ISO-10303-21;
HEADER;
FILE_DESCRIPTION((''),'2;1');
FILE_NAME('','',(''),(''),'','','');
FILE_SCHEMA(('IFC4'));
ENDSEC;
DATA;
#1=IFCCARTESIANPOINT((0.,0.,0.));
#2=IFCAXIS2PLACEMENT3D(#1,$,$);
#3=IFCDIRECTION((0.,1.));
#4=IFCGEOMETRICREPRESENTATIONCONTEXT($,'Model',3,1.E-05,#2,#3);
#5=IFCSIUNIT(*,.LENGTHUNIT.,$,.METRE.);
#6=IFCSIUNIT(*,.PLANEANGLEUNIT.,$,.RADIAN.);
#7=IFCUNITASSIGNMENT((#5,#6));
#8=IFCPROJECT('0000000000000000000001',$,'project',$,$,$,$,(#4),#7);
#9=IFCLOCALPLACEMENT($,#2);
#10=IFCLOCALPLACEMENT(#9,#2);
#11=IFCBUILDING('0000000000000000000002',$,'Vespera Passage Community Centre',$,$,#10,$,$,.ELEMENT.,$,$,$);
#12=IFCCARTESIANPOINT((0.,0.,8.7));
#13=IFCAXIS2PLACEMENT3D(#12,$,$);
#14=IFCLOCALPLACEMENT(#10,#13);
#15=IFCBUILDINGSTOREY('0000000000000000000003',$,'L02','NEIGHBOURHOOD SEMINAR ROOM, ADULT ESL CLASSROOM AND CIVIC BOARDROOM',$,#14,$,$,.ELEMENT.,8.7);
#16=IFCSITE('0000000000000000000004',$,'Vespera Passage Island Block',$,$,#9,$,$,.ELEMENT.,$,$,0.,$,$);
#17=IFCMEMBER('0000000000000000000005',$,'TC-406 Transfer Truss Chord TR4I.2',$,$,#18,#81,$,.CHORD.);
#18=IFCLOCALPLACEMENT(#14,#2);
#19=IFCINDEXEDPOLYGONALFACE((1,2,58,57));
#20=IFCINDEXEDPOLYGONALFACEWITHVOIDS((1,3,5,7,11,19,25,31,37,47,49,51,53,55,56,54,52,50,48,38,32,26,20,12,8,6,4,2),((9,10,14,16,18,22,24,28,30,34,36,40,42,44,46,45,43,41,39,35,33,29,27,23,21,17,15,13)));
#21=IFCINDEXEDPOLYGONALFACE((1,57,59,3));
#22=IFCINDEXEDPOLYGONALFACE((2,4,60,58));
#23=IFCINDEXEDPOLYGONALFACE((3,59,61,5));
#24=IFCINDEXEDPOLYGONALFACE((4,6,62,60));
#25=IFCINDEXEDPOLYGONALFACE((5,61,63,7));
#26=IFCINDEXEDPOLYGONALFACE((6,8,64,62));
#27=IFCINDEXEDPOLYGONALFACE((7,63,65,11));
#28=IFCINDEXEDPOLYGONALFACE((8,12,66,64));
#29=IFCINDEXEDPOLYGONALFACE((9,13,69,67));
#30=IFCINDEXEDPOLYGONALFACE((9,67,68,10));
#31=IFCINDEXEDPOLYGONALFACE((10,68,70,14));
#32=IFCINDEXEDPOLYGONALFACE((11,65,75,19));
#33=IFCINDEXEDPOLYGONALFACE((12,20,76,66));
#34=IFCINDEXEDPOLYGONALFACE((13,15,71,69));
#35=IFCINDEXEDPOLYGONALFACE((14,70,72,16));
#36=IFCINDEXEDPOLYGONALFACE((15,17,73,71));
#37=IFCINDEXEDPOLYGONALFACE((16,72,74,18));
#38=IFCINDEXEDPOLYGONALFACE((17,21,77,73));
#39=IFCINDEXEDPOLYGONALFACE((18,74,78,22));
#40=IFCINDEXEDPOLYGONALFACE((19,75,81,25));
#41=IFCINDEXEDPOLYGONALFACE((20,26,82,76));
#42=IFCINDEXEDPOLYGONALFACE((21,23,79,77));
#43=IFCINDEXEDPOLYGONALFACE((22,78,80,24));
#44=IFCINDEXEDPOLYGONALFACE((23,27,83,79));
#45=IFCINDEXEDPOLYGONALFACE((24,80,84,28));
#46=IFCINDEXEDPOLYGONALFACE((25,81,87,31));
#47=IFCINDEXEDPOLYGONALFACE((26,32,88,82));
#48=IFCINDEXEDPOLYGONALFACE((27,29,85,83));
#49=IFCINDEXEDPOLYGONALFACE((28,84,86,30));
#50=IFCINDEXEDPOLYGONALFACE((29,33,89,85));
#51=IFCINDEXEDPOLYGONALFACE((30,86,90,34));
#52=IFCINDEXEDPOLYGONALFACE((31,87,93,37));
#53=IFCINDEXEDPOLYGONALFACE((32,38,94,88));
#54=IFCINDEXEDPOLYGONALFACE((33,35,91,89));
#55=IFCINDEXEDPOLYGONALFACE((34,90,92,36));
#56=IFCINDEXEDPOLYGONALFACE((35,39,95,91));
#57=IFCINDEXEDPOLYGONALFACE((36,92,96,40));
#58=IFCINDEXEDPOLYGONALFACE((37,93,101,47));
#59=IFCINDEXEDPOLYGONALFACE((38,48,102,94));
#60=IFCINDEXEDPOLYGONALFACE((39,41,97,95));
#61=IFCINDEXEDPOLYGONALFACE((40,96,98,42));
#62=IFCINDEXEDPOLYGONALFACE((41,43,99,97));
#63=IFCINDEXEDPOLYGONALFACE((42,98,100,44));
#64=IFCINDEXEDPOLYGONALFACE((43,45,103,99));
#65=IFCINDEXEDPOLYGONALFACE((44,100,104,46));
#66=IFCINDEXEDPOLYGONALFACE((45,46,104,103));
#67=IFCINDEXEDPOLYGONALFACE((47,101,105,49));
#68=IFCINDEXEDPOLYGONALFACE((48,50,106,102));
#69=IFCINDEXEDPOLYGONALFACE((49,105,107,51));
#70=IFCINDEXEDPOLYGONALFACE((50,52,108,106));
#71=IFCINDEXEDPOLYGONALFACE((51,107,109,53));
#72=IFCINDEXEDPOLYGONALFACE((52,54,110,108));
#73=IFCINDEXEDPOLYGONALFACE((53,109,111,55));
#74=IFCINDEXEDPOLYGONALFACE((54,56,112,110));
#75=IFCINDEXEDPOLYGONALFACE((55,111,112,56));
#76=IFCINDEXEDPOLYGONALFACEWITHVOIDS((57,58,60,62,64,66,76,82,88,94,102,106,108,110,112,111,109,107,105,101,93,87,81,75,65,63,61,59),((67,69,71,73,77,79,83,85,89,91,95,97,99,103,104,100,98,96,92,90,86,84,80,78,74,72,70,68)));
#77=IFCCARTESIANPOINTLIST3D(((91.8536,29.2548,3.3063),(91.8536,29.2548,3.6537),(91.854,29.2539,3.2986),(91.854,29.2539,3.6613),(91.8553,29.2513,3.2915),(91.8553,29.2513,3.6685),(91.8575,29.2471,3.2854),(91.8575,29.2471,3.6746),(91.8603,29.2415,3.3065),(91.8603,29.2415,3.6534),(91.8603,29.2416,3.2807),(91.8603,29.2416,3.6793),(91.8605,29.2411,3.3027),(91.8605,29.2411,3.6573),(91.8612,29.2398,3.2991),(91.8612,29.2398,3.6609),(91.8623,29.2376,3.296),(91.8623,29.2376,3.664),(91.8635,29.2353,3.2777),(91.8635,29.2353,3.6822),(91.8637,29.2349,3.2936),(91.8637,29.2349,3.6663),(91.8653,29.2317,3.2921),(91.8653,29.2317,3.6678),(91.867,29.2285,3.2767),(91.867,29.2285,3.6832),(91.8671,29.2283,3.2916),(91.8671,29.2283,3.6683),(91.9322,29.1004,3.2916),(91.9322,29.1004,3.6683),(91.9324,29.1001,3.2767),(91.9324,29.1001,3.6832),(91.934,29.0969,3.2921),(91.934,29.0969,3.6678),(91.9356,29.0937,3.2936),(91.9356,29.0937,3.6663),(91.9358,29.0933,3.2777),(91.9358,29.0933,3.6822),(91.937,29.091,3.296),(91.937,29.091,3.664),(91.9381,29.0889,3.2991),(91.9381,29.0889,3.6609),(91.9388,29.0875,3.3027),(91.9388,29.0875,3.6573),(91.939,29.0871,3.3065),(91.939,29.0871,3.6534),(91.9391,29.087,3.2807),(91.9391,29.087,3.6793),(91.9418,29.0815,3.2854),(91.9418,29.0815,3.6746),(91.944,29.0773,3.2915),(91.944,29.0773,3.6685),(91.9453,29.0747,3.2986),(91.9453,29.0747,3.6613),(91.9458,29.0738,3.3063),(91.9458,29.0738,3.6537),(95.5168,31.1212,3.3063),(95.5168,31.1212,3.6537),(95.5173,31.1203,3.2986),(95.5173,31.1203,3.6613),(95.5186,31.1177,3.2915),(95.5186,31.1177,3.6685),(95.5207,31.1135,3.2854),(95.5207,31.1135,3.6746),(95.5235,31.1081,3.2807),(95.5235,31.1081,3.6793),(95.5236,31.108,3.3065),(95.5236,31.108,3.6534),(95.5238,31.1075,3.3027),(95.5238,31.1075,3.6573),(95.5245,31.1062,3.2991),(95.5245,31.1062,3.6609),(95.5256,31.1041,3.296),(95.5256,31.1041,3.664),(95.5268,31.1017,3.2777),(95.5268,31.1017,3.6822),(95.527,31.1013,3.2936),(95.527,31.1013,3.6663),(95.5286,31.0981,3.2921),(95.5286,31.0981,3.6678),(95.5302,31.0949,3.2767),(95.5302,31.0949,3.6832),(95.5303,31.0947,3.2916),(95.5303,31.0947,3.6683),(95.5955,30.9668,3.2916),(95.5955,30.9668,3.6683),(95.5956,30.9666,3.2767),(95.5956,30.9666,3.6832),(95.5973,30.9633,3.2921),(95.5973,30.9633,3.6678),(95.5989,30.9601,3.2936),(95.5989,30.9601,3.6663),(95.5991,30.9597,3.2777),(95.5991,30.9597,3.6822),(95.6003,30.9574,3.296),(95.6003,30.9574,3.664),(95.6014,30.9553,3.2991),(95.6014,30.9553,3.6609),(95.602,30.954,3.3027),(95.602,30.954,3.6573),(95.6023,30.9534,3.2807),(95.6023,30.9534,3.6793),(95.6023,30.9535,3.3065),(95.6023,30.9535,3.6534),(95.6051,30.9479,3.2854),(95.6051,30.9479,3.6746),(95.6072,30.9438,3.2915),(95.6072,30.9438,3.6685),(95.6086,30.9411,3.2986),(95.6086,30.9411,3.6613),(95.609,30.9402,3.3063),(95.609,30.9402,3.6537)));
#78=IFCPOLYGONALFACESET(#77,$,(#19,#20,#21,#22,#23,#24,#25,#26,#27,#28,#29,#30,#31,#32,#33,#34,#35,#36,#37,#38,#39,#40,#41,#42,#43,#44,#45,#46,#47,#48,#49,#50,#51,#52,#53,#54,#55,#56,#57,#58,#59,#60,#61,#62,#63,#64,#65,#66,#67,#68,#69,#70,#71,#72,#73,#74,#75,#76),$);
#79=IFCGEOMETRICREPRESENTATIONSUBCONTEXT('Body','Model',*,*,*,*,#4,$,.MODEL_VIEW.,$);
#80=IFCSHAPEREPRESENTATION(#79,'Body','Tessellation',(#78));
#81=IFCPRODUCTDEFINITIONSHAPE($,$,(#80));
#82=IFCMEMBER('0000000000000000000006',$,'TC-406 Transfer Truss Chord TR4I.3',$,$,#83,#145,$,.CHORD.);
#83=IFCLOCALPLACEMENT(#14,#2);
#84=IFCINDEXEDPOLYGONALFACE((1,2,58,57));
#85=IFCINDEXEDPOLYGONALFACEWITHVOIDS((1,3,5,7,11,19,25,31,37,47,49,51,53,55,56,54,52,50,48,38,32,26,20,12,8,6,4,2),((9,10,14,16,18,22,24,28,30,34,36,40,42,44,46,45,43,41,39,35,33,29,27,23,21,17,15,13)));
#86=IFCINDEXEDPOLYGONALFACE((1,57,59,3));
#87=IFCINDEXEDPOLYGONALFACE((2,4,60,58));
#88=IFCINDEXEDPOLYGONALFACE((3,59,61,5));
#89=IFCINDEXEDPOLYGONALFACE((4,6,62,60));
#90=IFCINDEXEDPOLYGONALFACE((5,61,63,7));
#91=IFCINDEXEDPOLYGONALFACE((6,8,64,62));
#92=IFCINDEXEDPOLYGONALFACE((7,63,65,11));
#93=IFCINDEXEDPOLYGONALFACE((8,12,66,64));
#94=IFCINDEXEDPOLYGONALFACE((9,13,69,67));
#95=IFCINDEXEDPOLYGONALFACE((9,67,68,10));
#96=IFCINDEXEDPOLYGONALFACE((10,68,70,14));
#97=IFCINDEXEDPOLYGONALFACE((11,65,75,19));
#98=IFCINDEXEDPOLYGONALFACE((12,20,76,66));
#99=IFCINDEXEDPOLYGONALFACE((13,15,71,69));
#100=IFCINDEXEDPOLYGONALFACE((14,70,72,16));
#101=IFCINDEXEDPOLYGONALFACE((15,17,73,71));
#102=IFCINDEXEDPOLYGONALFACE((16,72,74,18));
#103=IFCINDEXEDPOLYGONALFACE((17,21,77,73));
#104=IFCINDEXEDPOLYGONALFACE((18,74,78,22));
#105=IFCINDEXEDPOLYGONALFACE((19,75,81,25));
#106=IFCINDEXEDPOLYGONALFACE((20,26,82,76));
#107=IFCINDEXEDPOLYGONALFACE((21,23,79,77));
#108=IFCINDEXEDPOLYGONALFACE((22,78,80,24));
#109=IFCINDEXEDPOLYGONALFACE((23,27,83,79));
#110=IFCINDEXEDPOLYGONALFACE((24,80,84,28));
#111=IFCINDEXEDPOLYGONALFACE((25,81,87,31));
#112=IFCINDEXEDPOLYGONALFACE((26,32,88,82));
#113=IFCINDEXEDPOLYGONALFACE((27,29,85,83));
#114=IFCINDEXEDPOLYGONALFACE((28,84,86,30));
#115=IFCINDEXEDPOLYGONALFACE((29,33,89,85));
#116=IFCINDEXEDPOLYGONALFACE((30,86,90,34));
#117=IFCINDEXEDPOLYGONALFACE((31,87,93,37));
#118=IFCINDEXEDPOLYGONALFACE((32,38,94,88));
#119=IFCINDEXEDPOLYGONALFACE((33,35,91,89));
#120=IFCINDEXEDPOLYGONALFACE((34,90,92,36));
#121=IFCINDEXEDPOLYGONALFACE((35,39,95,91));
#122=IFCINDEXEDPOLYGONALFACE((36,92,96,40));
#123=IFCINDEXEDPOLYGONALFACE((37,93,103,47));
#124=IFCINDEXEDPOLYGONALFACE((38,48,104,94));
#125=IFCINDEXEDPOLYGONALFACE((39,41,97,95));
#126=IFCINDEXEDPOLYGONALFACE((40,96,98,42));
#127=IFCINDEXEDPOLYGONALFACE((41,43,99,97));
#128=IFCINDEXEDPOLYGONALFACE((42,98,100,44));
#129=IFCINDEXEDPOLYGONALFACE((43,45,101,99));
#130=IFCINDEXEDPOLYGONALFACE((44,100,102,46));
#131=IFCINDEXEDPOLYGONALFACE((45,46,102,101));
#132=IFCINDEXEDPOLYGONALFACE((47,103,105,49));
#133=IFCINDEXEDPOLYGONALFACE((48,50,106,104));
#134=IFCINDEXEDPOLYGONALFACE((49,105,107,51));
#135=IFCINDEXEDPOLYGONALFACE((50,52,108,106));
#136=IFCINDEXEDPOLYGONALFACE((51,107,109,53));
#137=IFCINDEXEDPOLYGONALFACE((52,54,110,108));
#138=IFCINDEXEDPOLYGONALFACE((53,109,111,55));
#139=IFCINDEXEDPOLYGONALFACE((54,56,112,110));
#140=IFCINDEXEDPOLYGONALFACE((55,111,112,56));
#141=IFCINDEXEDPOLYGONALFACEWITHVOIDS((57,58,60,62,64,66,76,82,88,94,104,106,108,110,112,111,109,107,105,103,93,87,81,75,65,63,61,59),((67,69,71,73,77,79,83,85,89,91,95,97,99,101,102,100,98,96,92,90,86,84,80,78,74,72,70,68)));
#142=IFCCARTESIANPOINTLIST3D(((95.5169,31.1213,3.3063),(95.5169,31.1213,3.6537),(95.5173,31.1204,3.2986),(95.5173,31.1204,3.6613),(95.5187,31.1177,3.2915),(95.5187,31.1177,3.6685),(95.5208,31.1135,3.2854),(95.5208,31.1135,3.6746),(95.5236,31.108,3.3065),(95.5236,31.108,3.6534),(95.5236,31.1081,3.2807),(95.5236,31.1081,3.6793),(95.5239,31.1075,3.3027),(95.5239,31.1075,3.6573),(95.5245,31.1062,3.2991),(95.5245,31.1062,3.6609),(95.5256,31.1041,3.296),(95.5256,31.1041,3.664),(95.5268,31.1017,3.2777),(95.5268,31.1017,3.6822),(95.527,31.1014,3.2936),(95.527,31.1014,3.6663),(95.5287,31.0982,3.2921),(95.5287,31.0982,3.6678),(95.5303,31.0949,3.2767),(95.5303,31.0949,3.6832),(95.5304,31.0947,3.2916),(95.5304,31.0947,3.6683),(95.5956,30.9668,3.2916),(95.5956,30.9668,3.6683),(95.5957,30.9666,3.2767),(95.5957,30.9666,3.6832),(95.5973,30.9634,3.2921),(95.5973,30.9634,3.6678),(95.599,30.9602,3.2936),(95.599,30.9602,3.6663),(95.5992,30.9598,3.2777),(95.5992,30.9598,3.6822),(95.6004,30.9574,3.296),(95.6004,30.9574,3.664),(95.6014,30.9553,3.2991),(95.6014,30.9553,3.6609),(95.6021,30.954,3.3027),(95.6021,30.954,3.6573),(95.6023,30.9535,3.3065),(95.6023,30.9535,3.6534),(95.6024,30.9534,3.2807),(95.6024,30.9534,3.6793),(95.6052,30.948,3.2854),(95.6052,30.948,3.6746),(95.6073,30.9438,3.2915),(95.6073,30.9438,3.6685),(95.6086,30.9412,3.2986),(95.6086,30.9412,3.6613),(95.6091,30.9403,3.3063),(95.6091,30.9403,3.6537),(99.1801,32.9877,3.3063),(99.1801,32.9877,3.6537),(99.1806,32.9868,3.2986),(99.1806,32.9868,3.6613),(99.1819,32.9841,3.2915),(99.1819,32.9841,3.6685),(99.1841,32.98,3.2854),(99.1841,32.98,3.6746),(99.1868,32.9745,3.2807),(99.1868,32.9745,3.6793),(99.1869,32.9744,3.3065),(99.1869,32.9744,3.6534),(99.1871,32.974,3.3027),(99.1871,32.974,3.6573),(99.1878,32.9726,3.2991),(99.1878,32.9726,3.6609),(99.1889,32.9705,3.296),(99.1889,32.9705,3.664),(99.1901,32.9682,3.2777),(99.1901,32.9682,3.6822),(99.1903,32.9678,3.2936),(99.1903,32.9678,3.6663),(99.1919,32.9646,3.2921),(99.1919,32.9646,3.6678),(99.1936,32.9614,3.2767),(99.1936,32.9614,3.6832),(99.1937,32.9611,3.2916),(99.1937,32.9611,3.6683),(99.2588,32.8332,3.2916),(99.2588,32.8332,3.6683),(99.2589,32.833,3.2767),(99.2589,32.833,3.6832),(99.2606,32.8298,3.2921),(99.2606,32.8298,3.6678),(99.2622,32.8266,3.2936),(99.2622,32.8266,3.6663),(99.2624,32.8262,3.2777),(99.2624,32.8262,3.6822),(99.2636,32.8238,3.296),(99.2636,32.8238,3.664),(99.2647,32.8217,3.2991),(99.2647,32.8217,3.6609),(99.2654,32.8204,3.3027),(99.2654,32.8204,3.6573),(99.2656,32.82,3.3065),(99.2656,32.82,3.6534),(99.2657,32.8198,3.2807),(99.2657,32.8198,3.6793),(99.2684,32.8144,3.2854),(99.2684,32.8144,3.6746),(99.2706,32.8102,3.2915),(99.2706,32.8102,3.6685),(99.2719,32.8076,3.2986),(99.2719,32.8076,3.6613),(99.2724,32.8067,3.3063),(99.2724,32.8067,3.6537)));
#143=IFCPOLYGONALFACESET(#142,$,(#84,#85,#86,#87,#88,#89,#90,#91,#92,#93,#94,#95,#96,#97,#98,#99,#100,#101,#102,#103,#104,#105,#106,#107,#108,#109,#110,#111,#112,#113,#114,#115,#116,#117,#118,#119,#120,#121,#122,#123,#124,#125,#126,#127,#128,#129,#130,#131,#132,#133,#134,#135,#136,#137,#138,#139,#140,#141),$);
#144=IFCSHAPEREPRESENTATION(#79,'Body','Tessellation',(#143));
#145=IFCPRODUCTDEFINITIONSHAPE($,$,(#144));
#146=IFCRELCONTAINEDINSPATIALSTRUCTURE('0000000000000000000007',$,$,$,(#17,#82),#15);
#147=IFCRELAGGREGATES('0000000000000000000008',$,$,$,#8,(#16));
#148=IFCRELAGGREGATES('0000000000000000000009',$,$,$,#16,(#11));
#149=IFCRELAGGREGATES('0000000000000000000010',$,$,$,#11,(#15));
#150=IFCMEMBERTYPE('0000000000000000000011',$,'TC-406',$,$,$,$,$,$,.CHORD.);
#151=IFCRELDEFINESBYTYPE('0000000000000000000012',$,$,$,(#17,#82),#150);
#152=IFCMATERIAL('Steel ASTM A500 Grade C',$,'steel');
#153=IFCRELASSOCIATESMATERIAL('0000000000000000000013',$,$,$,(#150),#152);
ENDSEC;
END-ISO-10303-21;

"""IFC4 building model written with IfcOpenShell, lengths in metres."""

from ifc_helpers import new_model, si_unit, direction, frame, origin, origin_2d, place, context, subcontext, project, spatial, hollow_rectangle, extrude, material, material_profile, profile_set, type_object, element, save


model = new_model("IFC4")

# Units and contexts
model_context = context("Model", 3, precision=1e-05, world=origin(), true_north=direction((0.0, 1.0)))
body_context = subcontext(model_context, "Body", "Model", "MODEL_VIEW")
ifc_project = project(units=[si_unit("LENGTHUNIT", "METRE"), si_unit("PLANEANGLEUNIT", "RADIAN")], contexts=[model_context])

# Site, building, storey
site_placement = place(None, origin())
site = spatial("IfcSite", under=ifc_project, at=site_placement, Name="Vespera Passage Island Block", CompositionType="ELEMENT", RefElevation=0.0)
building_placement = place(site_placement, origin())
building = spatial("IfcBuilding", under=site, at=building_placement, Name="Vespera Passage Community Centre", CompositionType="ELEMENT")
storey_placement = place(building_placement, frame((0.0, 0.0, 8.7)))
storey = spatial("IfcBuildingStorey", under=building, at=storey_placement, Name="L02", Description="NEIGHBOURHOOD SEMINAR ROOM, ADULT ESL CLASSROOM AND CIVIC BOARDROOM", CompositionType="ELEMENT", Elevation=8.7)

# Members
ifc_material_1 = material(Name="Steel ASTM A500 Grade C", Category="steel")
ifc_material_profile_1 = material_profile(ifc_material_1, hollow_rectangle(XDim=0.2031, YDim=0.4065, WallThickness=0.0149, InnerFilletRadius=0.0149, OuterFilletRadius=0.0295, at=origin_2d()), Name="HSS406X203X15.9")
ifc_profile_set_1 = profile_set([ifc_material_profile_1], Name="Steel ASTM A500 Grade C")
member_type_1 = type_object("IfcMemberType", Name="TC-406", PredefinedType="CHORD", material=ifc_profile_set_1)
for number, where, z_axis, x_axis, name in (
    (1, (91.8997, 29.1643, 3.48), (0.891017, 0.45397, 0.0), (-0.45397, 0.891017, 0.0), "TC-406 Transfer Truss Chord TR4I.2"),
    (2, (95.563, 31.0308, 3.48), (0.891017, 0.45397, 0.0), (-0.45397, 0.891017, 0.0), "TC-406 Transfer Truss Chord TR4I.3"),
):
    element("IfcMember", number, at=place(storey_placement, frame(where, z_axis=z_axis, x_axis=x_axis)), inside=storey, type_object=member_type_1, Name=name, PredefinedType="CHORD", context=body_context, shape_type="SweptSolid", body=[
        extrude(hollow_rectangle(XDim=0.2031, YDim=0.4065, WallThickness=0.0149, InnerFilletRadius=0.0149, OuterFilletRadius=0.0295, at=origin_2d()), origin(), (0.0, 0.0, 1.0), 4.1113),
    ])

save(model, "model.ifc")
